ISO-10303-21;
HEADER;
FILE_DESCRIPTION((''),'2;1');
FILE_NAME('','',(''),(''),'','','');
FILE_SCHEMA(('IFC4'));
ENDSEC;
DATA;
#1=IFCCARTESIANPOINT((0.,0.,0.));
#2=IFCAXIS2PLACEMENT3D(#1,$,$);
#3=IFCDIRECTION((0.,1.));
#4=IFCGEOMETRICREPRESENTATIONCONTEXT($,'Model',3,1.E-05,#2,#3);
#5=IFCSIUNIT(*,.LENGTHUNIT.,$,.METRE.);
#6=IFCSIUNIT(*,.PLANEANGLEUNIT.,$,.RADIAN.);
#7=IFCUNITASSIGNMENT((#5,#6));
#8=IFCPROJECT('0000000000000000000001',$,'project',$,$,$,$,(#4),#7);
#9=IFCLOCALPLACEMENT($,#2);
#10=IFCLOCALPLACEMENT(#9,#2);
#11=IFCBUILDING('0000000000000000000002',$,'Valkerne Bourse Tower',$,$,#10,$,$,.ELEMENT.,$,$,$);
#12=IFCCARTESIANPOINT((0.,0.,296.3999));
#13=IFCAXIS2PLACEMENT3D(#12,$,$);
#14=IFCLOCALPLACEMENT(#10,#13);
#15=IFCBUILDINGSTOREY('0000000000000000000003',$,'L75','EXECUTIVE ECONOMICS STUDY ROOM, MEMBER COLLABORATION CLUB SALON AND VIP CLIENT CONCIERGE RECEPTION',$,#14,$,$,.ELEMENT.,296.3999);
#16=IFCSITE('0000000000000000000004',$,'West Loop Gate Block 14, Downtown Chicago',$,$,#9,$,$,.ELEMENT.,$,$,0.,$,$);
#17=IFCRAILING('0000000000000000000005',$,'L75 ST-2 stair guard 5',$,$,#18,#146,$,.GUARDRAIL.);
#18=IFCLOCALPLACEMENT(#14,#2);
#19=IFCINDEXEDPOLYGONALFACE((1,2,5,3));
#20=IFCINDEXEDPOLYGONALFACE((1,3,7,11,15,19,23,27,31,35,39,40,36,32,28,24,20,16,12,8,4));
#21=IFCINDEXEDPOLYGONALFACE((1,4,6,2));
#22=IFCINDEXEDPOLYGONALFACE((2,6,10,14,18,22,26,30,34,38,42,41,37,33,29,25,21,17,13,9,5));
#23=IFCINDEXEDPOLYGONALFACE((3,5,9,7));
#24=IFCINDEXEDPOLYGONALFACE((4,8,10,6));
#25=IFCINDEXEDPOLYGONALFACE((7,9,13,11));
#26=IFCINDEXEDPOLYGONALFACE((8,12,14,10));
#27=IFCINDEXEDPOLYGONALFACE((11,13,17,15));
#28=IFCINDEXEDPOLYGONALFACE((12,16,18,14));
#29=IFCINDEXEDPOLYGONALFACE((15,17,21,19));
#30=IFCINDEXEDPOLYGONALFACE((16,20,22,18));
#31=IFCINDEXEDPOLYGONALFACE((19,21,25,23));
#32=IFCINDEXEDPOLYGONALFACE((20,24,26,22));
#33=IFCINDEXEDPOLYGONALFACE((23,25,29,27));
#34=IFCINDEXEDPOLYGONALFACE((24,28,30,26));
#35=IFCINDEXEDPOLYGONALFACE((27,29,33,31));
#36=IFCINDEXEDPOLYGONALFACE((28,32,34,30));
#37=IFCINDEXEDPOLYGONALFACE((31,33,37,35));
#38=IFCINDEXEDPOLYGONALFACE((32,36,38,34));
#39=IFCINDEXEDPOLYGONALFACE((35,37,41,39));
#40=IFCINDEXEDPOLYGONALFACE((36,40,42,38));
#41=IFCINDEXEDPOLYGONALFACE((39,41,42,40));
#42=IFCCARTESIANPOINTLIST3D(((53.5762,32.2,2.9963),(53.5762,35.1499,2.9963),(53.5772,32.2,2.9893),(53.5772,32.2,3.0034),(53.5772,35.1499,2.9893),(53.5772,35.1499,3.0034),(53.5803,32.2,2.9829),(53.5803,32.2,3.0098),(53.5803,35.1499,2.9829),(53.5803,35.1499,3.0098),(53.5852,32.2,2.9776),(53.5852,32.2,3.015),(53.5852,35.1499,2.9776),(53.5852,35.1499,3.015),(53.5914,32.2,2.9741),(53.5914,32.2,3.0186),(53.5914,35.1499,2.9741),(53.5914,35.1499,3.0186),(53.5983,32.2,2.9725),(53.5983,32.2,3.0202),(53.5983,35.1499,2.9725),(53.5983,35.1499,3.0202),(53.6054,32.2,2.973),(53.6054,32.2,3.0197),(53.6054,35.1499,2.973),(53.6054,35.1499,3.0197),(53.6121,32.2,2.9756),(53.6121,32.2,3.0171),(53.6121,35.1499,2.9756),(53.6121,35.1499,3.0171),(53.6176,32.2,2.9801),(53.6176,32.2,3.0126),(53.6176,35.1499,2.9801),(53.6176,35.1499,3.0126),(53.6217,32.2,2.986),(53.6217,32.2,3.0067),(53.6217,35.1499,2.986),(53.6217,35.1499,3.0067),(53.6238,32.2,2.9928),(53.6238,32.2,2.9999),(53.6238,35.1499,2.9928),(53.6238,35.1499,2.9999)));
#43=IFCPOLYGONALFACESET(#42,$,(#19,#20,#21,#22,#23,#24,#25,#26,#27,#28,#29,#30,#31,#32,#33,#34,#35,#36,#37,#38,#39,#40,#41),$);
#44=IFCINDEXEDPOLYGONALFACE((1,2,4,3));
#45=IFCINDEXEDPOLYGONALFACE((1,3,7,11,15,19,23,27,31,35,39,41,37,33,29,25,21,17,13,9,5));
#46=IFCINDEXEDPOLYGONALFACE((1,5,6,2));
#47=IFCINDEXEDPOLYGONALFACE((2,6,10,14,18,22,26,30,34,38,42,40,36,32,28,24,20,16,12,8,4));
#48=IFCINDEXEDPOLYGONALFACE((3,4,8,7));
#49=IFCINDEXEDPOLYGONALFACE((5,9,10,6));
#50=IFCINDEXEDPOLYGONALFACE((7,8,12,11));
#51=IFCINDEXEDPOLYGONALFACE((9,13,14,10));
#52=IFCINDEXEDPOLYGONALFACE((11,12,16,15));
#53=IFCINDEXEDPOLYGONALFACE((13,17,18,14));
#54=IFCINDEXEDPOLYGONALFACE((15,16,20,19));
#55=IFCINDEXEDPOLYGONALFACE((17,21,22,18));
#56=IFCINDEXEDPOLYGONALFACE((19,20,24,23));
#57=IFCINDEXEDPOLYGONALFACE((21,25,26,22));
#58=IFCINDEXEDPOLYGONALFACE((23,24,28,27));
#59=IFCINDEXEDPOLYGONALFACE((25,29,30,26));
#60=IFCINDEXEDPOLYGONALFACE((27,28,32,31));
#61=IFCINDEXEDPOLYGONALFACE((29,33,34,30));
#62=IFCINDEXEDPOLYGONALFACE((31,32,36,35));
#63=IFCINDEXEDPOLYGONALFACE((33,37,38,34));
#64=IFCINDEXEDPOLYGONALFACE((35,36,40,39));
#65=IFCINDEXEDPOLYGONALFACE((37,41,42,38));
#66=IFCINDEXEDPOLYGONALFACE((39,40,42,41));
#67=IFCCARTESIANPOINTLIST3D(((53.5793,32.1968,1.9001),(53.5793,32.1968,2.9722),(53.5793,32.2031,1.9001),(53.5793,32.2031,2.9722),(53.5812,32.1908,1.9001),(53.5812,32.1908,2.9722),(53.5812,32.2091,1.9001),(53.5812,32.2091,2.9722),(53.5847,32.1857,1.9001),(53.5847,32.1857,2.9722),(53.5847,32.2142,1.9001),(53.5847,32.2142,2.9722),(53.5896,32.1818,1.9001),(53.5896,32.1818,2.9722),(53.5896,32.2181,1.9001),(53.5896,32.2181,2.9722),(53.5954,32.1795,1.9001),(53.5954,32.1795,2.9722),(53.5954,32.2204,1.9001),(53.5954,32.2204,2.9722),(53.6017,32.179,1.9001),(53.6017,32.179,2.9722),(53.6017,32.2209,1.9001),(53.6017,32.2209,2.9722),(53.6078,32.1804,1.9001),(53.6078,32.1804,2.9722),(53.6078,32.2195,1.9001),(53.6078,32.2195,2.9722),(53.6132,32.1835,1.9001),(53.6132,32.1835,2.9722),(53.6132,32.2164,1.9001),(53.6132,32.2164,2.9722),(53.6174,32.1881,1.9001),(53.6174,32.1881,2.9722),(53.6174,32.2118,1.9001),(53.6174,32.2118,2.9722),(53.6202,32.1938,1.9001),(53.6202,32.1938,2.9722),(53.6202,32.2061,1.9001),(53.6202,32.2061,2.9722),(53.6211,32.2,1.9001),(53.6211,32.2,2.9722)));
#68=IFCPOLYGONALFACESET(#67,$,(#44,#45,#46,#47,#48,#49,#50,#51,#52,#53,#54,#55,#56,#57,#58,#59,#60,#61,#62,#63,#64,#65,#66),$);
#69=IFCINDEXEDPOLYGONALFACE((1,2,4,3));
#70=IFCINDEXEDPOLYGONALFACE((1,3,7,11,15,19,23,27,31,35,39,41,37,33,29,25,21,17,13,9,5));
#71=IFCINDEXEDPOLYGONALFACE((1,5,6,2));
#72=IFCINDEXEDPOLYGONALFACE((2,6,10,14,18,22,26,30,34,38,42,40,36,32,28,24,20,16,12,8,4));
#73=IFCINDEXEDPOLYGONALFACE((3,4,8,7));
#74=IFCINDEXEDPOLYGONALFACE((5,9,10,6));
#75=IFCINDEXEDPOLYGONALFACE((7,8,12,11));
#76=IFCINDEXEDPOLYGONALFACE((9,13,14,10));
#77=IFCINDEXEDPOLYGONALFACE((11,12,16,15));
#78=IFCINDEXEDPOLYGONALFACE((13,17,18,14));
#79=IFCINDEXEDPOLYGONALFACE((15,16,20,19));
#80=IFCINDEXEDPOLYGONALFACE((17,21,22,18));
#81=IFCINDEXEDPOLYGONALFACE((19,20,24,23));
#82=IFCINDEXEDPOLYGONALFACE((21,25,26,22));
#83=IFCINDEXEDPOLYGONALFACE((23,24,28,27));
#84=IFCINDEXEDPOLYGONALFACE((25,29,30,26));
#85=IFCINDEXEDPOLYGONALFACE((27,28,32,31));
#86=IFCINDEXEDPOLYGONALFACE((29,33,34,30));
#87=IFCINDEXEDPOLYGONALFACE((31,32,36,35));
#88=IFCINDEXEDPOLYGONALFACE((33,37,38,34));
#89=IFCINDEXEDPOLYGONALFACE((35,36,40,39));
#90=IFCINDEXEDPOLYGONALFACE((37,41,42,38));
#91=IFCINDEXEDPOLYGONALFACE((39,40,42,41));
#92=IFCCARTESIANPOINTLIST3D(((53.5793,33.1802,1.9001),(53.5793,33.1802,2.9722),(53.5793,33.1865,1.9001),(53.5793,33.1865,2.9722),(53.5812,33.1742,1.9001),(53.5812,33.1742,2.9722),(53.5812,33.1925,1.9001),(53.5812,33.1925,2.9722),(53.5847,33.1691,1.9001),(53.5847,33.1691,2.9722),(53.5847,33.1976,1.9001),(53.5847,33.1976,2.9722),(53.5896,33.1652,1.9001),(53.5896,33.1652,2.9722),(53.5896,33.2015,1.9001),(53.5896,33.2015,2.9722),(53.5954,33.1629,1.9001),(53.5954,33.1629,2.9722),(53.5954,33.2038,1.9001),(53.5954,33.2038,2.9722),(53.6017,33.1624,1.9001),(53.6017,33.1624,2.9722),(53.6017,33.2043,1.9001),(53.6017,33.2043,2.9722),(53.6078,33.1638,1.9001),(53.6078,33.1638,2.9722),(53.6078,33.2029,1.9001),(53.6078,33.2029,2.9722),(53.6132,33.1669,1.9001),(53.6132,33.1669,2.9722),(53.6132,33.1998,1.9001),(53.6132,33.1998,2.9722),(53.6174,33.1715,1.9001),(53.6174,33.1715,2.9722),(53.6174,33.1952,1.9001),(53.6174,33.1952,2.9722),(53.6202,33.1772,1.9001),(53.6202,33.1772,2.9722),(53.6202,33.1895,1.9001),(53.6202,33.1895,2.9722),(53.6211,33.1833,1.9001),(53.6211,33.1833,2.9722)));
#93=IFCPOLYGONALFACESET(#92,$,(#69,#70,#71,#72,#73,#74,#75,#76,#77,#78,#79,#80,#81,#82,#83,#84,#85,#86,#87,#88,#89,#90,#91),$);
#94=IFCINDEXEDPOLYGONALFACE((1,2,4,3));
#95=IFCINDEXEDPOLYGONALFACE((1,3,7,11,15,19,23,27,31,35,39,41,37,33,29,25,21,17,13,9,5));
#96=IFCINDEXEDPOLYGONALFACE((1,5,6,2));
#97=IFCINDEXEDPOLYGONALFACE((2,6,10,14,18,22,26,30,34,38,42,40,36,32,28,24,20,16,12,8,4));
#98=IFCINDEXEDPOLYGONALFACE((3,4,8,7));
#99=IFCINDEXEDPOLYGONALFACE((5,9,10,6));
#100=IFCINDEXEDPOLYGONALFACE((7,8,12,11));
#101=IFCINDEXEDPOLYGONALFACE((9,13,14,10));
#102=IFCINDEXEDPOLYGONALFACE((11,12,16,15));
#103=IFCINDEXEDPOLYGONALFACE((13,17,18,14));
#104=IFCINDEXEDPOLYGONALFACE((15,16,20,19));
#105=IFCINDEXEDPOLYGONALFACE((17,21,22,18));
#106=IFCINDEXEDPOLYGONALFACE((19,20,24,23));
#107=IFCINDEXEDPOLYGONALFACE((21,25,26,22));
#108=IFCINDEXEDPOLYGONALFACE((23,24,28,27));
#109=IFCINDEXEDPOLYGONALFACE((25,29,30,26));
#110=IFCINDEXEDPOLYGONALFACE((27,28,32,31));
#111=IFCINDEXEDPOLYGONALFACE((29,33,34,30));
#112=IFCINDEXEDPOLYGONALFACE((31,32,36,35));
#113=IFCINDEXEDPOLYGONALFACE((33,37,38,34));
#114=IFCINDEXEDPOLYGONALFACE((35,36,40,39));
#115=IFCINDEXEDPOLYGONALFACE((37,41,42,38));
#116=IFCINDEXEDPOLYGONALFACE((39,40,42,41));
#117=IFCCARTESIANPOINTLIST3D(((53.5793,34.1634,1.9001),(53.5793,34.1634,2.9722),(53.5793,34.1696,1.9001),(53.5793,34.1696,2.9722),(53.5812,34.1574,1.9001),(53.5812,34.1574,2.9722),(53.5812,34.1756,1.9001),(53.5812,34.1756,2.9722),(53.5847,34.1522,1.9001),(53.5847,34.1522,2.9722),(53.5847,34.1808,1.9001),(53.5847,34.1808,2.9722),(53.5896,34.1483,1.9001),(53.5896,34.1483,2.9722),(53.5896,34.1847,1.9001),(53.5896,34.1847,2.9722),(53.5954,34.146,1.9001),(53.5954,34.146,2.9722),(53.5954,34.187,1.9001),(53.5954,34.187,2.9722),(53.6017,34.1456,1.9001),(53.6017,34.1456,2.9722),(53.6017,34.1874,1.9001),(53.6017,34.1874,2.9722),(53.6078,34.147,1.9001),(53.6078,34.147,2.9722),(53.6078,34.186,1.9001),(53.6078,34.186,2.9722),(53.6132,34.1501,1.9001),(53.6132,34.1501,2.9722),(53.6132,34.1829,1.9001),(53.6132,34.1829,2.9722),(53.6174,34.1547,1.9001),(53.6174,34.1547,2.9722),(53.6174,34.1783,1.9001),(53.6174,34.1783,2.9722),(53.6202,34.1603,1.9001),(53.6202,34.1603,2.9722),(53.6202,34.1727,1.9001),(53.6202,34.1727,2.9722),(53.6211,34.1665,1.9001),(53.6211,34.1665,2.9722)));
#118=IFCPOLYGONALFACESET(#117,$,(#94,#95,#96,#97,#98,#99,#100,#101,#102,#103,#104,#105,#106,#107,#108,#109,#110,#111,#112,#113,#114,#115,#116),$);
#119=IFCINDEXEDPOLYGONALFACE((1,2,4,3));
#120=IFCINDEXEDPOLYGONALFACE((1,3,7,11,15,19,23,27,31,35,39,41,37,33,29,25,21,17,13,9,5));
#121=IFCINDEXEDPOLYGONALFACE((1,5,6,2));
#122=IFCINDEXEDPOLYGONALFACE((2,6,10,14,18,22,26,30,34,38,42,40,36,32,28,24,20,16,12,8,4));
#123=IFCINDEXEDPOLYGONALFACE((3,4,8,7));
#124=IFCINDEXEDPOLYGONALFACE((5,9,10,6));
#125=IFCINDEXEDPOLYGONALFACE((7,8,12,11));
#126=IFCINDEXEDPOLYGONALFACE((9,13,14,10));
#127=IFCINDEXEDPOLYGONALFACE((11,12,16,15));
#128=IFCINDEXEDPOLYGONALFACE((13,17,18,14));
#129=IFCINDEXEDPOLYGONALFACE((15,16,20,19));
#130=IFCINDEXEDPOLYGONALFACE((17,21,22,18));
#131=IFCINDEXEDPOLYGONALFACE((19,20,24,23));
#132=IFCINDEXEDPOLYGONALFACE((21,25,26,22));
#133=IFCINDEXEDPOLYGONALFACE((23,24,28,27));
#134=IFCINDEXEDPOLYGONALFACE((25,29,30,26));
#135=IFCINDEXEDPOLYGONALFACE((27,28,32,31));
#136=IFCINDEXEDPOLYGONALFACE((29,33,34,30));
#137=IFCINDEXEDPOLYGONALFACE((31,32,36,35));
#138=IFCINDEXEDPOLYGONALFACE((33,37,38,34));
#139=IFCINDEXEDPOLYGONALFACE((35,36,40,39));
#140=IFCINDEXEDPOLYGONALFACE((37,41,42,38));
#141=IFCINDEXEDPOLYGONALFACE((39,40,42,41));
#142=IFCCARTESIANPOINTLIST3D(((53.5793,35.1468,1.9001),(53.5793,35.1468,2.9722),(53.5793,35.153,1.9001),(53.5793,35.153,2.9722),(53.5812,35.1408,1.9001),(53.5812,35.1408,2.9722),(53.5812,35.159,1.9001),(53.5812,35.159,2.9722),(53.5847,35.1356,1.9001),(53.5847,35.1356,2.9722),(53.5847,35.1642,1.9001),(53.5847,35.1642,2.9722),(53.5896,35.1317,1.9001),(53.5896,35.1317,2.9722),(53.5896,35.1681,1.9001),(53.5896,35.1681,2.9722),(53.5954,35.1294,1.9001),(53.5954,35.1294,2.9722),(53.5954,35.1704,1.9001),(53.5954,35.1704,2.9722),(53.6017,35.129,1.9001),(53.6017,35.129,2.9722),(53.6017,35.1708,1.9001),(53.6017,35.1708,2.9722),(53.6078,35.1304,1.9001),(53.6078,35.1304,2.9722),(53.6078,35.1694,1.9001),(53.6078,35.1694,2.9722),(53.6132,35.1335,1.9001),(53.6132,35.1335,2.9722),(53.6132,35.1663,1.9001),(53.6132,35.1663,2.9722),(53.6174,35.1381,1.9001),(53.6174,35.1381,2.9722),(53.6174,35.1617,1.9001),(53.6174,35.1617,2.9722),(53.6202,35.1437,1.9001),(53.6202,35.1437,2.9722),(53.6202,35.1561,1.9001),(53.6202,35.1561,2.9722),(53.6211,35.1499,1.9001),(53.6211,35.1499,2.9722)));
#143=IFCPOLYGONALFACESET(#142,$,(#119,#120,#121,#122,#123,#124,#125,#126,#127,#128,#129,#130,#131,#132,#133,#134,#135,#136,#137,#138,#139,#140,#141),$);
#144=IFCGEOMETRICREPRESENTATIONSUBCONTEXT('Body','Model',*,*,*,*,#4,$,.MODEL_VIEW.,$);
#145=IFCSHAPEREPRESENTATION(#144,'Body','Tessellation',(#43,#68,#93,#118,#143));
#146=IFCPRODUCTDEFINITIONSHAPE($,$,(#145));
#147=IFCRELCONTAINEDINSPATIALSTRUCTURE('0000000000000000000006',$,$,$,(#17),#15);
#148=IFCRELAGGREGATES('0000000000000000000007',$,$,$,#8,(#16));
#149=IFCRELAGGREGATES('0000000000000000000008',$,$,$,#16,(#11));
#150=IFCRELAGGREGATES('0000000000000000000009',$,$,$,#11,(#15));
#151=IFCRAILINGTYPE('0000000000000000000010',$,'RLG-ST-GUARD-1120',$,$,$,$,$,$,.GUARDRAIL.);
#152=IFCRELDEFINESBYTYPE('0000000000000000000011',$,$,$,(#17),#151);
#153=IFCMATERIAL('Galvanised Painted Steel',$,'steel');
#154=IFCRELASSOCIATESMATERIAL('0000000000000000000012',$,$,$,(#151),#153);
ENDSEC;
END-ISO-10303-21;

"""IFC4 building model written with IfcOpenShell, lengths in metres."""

from ifc_helpers import new_model, si_unit, direction, frame, origin, origin_2d, place, context, subcontext, project, spatial, circle, extrude, material, type_object, element, save


model = new_model("IFC4")

# Units and contexts
model_context = context("Model", 3, precision=1e-05, world=origin(), true_north=direction((0.0, 1.0)))
body_context = subcontext(model_context, "Body", "Model", "MODEL_VIEW")
ifc_project = project(units=[si_unit("LENGTHUNIT", "METRE"), si_unit("PLANEANGLEUNIT", "RADIAN")], contexts=[model_context])

# Site, building, storey
site_placement = place(None, origin())
site = spatial("IfcSite", under=ifc_project, at=site_placement, Name="West Loop Gate Block 14, Downtown Chicago", CompositionType="ELEMENT", RefElevation=0.0)
building_placement = place(site_placement, origin())
building = spatial("IfcBuilding", under=site, at=building_placement, Name="Valkerne Bourse Tower", CompositionType="ELEMENT")
storey_placement = place(building_placement, frame((0.0, 0.0, 296.3999)))
storey = spatial("IfcBuildingStorey", under=building, at=storey_placement, Name="L75", Description="EXECUTIVE ECONOMICS STUDY ROOM, MEMBER COLLABORATION CLUB SALON AND VIP CLIENT CONCIERGE RECEPTION", CompositionType="ELEMENT", Elevation=296.3999)

# Railing
ifc_material_1 = material(Name="Galvanised Painted Steel", Category="steel")
railing_type = type_object("IfcRailingType", Name="RLG-ST-GUARD-1120", PredefinedType="GUARDRAIL", material=ifc_material_1)
railing_1_placement = place(storey_placement, frame((53.6001, 32.2, 1.9001)))
element("IfcRailing", 1, at=railing_1_placement, inside=storey, type_object=railing_type, Name="L75 ST-2 stair guard 5", PredefinedType="GUARDRAIL", context=body_context, shape_type="SweptSolid", body=[
    extrude(circle(Radius=0.0239, at=origin_2d()), frame((0.0, 0.0, 1.0962), z_axis=(0.0, 1.0, 0.0), x_axis=(-1.0, 0.0, 0.0)), (0.0, 0.0, 1.0), 2.95),
    extrude(circle(Radius=0.021, at=origin_2d()), origin(), (0.0, 0.0, 1.0), 1.072),
    extrude(circle(Radius=0.021, at=origin_2d()), frame((0.0, 0.9834, 0.0)), (0.0, 0.0, 1.0), 1.072),
    extrude(circle(Radius=0.021, at=origin_2d()), frame((0.0, 1.9666, 0.0)), (0.0, 0.0, 1.0), 1.072),
    extrude(circle(Radius=0.021, at=origin_2d()), frame((0.0, 2.95, 0.0)), (0.0, 0.0, 1.0), 1.072),
])

save(model, "model.ifc")
